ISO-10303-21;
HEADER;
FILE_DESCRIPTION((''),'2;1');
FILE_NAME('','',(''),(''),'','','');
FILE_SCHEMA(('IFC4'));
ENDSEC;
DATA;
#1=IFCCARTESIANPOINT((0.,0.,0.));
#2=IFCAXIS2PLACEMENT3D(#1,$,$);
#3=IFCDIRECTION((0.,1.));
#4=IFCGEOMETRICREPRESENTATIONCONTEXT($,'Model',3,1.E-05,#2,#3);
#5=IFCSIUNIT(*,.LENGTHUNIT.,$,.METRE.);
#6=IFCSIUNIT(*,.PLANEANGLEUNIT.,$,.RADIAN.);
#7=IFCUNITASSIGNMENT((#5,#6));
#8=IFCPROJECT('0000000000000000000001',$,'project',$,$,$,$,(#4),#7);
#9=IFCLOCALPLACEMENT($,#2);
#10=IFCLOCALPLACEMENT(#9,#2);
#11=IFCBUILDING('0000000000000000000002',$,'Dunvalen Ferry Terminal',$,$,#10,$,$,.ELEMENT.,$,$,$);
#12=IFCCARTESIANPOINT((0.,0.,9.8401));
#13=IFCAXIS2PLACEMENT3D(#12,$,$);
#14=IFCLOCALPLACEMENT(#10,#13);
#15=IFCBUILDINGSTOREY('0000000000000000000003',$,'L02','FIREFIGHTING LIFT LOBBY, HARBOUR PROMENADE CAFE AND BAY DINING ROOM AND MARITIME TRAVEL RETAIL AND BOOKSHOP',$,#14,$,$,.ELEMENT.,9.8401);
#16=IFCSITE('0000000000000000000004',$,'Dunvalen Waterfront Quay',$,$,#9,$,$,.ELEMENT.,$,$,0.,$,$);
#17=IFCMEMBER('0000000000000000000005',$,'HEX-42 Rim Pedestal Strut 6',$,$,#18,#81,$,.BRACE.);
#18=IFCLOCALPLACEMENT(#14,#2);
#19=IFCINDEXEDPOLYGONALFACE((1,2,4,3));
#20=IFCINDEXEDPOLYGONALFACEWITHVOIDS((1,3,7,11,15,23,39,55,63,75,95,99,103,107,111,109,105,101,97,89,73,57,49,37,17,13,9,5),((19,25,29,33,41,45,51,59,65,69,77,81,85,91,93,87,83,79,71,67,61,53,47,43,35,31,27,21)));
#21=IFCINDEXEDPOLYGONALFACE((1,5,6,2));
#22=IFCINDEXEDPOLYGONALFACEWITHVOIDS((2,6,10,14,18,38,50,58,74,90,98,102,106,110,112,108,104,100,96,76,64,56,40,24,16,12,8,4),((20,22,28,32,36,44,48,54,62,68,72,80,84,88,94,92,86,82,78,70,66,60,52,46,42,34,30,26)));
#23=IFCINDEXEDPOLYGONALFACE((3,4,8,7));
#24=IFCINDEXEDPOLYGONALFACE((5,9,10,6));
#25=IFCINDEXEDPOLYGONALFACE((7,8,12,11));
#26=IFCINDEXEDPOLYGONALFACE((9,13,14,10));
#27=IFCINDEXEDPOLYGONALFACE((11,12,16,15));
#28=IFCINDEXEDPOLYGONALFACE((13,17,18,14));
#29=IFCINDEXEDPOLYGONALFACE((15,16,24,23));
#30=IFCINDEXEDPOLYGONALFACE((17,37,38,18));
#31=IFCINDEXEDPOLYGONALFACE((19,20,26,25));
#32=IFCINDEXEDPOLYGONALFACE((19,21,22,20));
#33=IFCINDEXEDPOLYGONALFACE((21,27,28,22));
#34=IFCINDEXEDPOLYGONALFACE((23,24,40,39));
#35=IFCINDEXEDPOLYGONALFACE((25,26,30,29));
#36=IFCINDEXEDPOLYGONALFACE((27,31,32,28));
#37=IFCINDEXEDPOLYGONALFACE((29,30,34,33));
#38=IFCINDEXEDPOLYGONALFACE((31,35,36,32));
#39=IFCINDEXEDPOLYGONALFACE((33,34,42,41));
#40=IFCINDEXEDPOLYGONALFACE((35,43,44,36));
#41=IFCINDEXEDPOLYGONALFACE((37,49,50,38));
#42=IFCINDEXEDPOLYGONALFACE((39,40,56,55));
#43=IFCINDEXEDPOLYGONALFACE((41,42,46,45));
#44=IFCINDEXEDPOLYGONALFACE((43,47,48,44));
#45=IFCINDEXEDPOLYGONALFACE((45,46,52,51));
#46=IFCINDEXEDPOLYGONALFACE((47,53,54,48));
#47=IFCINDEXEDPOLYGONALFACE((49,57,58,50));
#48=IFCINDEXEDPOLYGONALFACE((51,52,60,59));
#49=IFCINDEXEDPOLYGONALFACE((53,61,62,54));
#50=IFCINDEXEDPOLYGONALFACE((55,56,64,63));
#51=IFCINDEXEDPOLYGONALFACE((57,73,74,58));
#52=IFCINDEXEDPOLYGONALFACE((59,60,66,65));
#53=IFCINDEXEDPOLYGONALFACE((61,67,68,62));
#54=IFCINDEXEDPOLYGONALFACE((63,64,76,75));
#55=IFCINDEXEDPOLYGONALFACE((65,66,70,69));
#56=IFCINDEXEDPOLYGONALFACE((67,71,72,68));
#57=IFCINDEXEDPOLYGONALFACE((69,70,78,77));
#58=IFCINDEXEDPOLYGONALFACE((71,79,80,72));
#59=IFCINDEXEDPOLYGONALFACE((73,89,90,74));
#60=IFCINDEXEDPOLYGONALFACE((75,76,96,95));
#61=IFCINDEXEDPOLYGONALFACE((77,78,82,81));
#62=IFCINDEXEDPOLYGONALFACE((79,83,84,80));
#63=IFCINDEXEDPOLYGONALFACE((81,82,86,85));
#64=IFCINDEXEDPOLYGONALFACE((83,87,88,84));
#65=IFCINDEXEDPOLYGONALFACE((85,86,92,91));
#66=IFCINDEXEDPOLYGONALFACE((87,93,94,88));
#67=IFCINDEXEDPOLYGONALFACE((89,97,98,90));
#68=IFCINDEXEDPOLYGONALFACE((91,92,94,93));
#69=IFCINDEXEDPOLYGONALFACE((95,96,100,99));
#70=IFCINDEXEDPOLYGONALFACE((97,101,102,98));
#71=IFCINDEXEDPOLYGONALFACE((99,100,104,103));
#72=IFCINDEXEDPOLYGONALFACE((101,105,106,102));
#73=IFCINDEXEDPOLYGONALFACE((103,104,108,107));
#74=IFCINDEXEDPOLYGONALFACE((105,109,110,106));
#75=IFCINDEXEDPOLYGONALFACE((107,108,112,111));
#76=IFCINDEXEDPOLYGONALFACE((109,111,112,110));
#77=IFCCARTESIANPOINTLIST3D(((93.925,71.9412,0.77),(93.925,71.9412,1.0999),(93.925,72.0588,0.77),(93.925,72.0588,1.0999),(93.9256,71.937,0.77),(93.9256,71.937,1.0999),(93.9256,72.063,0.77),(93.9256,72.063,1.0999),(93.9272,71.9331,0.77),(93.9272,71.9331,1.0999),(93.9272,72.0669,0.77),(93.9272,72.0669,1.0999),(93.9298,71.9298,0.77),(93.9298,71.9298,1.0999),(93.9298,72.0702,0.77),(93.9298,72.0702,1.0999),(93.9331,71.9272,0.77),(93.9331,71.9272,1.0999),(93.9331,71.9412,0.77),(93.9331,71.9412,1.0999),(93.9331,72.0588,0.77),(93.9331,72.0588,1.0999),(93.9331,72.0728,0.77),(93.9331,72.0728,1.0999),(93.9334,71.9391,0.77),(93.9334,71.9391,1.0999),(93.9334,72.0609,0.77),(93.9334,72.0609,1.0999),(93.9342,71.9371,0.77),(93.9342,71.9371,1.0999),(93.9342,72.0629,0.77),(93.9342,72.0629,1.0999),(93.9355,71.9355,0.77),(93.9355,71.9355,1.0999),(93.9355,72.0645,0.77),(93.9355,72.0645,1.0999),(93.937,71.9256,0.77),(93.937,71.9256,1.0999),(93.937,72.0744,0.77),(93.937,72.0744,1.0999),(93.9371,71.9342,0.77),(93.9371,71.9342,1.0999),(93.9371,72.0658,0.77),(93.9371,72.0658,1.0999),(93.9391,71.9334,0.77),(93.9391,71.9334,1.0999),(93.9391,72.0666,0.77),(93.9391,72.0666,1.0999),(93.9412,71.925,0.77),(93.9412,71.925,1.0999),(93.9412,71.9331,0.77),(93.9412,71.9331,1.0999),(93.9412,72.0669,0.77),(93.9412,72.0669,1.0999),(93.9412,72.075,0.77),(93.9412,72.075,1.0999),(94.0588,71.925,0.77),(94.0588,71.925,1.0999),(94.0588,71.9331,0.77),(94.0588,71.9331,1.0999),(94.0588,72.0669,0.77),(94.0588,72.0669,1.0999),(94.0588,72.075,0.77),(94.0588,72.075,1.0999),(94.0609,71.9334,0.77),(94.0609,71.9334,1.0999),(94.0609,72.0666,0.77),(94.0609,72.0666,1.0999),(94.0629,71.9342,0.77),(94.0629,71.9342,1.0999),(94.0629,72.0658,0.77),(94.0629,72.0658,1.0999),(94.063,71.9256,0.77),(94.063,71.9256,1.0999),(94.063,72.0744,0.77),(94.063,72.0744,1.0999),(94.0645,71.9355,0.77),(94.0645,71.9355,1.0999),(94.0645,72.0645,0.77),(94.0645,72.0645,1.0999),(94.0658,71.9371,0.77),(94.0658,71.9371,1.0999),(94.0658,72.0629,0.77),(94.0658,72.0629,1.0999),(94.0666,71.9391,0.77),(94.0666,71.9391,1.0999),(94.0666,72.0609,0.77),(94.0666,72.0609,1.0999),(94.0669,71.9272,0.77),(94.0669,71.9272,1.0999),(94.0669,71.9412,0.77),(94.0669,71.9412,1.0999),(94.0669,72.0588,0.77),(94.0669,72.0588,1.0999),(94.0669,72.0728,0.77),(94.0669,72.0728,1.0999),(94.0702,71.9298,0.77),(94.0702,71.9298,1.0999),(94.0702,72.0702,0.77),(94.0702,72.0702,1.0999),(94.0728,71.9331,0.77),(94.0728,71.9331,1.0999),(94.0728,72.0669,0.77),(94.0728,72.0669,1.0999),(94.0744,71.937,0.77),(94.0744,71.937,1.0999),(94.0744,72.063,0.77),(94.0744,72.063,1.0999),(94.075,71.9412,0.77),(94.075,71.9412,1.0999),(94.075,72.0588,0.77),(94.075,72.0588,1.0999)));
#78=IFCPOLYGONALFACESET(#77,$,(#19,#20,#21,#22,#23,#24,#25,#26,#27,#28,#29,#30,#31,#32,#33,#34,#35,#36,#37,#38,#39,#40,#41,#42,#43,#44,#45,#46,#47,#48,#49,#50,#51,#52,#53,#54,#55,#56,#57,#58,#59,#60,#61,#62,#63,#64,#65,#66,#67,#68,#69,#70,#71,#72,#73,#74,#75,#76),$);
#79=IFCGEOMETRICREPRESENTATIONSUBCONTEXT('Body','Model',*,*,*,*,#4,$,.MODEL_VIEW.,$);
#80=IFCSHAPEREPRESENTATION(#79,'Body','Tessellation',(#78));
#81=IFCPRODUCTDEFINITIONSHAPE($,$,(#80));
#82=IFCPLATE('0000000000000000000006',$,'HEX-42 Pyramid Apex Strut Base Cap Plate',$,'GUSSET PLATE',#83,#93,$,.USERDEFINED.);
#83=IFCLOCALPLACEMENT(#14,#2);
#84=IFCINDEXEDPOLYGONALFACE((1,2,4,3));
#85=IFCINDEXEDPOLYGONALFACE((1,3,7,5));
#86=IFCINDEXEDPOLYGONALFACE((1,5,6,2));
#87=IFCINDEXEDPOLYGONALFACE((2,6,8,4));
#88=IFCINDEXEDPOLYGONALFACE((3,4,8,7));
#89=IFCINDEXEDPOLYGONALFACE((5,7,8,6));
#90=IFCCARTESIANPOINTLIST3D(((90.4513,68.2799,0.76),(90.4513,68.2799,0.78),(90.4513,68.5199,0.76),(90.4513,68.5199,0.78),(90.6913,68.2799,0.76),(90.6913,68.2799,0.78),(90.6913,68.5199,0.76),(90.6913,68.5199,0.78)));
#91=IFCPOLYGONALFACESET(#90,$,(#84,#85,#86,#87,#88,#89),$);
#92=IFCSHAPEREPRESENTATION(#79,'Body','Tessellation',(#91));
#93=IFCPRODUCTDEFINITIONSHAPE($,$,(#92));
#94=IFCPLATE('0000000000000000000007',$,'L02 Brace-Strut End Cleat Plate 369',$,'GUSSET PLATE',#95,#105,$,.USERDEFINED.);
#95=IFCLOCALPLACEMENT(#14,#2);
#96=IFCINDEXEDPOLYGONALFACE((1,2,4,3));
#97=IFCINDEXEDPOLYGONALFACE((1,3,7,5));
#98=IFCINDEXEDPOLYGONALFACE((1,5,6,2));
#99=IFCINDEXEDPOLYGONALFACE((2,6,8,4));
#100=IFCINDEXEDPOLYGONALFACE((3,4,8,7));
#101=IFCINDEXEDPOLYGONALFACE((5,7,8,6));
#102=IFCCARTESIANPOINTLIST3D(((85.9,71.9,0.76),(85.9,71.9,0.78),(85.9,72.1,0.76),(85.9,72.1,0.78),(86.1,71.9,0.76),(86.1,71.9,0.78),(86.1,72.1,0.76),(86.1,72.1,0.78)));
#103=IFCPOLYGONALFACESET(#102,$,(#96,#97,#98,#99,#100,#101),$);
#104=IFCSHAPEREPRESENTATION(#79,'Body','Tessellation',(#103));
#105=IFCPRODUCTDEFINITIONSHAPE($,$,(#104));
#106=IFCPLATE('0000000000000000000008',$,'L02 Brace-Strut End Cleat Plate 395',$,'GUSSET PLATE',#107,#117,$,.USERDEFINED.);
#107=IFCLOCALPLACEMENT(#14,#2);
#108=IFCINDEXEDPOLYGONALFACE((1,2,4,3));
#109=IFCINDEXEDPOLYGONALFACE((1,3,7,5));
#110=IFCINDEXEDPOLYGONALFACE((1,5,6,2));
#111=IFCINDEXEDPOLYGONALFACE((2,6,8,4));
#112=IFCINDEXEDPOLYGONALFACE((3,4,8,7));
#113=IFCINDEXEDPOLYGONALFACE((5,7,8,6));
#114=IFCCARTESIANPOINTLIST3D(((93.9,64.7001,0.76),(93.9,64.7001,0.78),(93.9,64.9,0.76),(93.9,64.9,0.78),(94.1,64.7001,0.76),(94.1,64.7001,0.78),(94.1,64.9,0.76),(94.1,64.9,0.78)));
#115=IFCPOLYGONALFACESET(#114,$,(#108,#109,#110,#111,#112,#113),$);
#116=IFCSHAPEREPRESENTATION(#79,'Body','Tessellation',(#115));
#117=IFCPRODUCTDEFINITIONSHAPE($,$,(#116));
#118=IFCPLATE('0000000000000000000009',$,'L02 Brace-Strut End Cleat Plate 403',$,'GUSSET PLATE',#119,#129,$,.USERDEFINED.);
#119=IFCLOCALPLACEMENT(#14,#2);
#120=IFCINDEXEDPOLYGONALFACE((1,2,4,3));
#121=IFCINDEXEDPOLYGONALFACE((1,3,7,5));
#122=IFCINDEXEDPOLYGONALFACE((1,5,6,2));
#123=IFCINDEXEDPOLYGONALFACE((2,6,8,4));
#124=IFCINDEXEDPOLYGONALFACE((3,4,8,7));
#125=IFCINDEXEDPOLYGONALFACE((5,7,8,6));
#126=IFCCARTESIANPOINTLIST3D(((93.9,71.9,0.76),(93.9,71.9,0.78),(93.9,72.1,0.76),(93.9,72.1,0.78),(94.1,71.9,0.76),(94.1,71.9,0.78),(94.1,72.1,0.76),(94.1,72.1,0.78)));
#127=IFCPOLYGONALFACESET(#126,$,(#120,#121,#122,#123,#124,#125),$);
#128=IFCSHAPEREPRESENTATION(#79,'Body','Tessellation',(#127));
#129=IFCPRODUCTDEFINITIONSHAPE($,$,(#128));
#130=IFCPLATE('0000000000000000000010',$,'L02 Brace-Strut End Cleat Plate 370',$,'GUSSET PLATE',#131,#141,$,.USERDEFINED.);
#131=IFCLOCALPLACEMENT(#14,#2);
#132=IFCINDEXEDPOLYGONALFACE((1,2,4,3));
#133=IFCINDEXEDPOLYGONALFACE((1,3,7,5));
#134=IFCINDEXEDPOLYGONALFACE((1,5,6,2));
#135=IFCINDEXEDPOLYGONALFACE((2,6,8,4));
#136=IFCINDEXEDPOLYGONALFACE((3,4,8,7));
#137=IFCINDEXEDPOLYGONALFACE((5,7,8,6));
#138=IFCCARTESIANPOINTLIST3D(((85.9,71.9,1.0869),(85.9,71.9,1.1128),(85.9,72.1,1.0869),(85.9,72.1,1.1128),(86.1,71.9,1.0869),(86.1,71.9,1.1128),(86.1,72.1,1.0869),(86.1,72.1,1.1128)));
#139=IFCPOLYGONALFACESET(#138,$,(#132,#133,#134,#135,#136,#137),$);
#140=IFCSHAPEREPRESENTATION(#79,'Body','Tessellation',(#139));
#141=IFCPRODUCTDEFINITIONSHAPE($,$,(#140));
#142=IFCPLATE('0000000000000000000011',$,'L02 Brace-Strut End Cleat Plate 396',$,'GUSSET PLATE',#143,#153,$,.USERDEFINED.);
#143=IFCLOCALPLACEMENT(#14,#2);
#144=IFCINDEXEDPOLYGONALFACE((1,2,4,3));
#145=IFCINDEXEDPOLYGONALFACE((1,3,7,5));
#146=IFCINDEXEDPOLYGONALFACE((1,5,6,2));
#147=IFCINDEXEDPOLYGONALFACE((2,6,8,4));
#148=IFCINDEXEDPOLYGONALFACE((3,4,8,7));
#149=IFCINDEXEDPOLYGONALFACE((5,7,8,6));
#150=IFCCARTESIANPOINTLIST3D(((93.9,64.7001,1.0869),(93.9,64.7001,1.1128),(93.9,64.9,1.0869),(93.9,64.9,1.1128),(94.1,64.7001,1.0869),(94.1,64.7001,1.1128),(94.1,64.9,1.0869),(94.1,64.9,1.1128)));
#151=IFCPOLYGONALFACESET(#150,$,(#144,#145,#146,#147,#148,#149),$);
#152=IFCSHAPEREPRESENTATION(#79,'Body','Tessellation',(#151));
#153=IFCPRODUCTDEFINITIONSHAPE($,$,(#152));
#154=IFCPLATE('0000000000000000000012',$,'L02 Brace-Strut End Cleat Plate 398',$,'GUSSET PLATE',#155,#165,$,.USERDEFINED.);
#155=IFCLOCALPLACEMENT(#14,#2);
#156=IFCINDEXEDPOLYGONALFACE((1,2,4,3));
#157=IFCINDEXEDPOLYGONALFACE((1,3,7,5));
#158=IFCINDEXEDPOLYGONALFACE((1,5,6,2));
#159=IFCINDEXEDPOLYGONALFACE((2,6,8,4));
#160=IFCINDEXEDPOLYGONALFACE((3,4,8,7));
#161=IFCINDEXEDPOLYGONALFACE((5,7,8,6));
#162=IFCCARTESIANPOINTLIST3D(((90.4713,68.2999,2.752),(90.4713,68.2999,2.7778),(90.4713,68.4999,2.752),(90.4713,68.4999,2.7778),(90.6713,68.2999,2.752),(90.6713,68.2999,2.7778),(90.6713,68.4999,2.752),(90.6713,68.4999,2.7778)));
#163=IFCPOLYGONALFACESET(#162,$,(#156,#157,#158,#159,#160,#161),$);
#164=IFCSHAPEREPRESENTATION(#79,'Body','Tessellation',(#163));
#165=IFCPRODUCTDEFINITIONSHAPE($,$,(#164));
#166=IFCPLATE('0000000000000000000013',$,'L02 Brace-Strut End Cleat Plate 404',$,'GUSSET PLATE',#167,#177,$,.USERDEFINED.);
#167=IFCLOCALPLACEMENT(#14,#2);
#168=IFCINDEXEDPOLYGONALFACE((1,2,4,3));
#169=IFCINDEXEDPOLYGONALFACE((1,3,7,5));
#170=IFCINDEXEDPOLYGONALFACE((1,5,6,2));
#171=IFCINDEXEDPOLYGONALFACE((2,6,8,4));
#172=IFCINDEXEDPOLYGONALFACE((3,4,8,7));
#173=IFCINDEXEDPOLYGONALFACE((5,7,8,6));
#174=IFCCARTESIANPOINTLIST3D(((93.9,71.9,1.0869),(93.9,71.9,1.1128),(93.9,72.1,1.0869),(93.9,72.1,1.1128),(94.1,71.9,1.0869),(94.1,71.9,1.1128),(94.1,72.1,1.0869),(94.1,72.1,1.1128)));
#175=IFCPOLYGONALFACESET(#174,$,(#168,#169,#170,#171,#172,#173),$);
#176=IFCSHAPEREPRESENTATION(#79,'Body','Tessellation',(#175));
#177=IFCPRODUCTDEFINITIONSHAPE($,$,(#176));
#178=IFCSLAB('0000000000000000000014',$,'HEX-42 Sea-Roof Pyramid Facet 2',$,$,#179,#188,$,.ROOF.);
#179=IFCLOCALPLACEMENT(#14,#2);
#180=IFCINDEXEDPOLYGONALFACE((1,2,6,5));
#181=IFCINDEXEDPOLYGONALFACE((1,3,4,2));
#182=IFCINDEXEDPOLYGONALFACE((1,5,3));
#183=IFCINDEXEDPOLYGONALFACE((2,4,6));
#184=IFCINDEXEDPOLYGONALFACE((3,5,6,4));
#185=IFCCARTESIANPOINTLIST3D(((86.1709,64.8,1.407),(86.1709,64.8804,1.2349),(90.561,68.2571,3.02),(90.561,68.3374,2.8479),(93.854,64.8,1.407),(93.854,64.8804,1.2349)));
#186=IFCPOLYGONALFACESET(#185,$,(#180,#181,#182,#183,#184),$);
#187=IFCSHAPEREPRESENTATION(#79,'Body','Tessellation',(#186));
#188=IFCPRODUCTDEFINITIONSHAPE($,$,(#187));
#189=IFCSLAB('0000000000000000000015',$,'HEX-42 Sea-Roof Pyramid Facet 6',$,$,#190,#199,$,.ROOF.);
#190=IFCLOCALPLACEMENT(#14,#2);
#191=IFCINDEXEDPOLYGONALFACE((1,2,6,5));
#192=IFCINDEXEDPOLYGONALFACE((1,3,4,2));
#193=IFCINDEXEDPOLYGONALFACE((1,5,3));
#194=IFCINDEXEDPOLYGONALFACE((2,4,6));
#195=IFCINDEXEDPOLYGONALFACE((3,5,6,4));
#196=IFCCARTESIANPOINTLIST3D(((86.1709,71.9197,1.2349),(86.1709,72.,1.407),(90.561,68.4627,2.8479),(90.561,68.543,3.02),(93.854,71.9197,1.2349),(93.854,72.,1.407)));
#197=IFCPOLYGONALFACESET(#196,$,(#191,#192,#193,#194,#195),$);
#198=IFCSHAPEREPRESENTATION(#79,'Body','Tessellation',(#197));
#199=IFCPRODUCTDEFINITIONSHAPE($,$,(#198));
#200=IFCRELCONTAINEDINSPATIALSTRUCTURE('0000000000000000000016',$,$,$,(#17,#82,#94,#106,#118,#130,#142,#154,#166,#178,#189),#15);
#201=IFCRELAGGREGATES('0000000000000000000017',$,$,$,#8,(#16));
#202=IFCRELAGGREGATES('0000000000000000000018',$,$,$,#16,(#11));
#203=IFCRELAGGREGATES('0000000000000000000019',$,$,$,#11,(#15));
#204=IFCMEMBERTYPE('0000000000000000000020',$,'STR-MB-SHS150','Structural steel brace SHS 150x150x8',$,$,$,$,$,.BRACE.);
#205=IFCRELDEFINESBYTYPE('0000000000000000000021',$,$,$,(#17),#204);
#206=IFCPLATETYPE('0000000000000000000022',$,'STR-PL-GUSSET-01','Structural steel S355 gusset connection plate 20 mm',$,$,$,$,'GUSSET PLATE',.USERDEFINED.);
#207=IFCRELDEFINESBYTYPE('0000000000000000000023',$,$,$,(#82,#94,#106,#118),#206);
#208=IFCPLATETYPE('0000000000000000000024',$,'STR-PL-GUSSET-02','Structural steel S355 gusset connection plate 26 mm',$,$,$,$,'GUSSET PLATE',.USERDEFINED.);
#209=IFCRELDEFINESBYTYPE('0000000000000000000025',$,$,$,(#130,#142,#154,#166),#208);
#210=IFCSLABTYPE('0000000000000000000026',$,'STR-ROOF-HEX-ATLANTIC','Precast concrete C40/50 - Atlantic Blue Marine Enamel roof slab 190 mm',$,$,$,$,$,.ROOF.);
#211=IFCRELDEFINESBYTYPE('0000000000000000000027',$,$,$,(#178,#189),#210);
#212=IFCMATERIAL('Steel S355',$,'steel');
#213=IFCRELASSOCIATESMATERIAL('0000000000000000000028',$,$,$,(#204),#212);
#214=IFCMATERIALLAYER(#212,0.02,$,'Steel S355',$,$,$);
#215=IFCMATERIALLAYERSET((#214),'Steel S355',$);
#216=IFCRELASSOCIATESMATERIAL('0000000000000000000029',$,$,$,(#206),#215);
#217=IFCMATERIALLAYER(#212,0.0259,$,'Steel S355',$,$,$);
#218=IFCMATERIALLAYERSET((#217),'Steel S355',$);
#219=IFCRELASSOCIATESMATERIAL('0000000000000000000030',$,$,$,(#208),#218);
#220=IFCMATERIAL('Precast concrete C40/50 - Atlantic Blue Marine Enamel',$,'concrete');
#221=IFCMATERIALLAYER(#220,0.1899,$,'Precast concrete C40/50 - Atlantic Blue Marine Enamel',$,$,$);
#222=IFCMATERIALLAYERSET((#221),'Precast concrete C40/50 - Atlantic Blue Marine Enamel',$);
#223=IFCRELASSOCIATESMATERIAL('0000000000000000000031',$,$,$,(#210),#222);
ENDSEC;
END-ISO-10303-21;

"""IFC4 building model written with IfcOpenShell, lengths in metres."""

from ifc_helpers import new_model, si_unit, direction, frame, origin, origin_2d, place, context, subcontext, project, spatial, polyline, rectangle, hollow_rectangle, outline, extrude, material, layer, layer_set, material_profile, profile_set, type_object, element, save


model = new_model("IFC4")

# Units and contexts
model_context = context("Model", 3, precision=1e-05, world=origin(), true_north=direction((0.0, 1.0)))
body_context = subcontext(model_context, "Body", "Model", "MODEL_VIEW")
ifc_project = project(units=[si_unit("LENGTHUNIT", "METRE"), si_unit("PLANEANGLEUNIT", "RADIAN")], contexts=[model_context])

# Site, building, storey
site_placement = place(None, origin())
site = spatial("IfcSite", under=ifc_project, at=site_placement, Name="Dunvalen Waterfront Quay", CompositionType="ELEMENT", RefElevation=0.0)
building_placement = place(site_placement, origin())
building = spatial("IfcBuilding", under=site, at=building_placement, Name="Dunvalen Ferry Terminal", CompositionType="ELEMENT")
storey_placement = place(building_placement, frame((0.0, 0.0, 9.8401)))
storey = spatial("IfcBuildingStorey", under=building, at=storey_placement, Name="L02", Description="FIREFIGHTING LIFT LOBBY, HARBOUR PROMENADE CAFE AND BAY DINING ROOM AND MARITIME TRAVEL RETAIL AND BOOKSHOP", CompositionType="ELEMENT", Elevation=9.8401)

# Shared definitions
ifc_material_1 = material(Name="Steel S355", Category="steel")

# Member
ifc_material_profile_1 = material_profile(ifc_material_1, hollow_rectangle(XDim=0.1499, YDim=0.1499, WallThickness=0.0081, InnerFilletRadius=0.0081, OuterFilletRadius=0.0161, at=origin_2d()), Name="Steel S355")
ifc_profile_set_1 = profile_set([ifc_material_profile_1], Name="Steel S355")
member_type_1 = type_object("IfcMemberType", Name="STR-MB-SHS150", Description="Structural steel brace SHS 150x150x8", PredefinedType="BRACE", material=ifc_profile_set_1)
for number, where, z_axis, x_axis, name in (
    (1, (94.0, 72.0, 0.77), (0.0, 0.0, 1.0), (1.0, 0.0, 0.0), "HEX-42 Rim Pedestal Strut 6"),
):
    element("IfcMember", number, at=place(storey_placement, frame(where, z_axis=z_axis, x_axis=x_axis)), inside=storey, type_object=member_type_1, Name=name, PredefinedType="BRACE", context=body_context, shape_type="SweptSolid", body=[
        extrude(hollow_rectangle(XDim=0.1499, YDim=0.1499, WallThickness=0.0081, InnerFilletRadius=0.0081, OuterFilletRadius=0.0161, at=origin_2d()), origin(), (0.0, 0.0, 1.0), 0.3298),
    ])

# Plates
ifc_layer_1 = layer(ifc_material_1, 0.02, Name="Steel S355")
ifc_layer_set_1 = layer_set([ifc_layer_1], Name="Steel S355")
plate_type_1 = type_object("IfcPlateType", Name="STR-PL-GUSSET-01", Description="Structural steel S355 gusset connection plate 20 mm", ElementType="GUSSET PLATE", PredefinedType="USERDEFINED", material=ifc_layer_set_1)
plate_placement = place(storey_placement, frame((90.5713, 68.3999, 0.76), z_axis=(0.0, 0.0, 1.0), x_axis=(1.0, 0.0, 0.0)))
element("IfcPlate", 2, at=plate_placement, inside=storey, type_object=plate_type_1, Name="HEX-42 Pyramid Apex Strut Base Cap Plate", ObjectType="GUSSET PLATE", PredefinedType="USERDEFINED", context=body_context, shape_type="SweptSolid", body=[
    extrude(rectangle(XDim=0.24, YDim=0.24, at=origin_2d()), origin(), (0.0, 0.0, 1.0), 0.02),
])
for number, where, z_axis, x_axis, name in (
    (3, (86.0, 72.0, 0.76), (0.0, 0.0, 1.0), (1.0, 0.0, 0.0), "L02 Brace-Strut End Cleat Plate 369"),
    (4, (94.0, 64.8, 0.76), (0.0, 0.0, 1.0), (1.0, 0.0, 0.0), "L02 Brace-Strut End Cleat Plate 395"),
    (5, (94.0, 72.0, 0.76), (0.0, 0.0, 1.0), (1.0, 0.0, 0.0), "L02 Brace-Strut End Cleat Plate 403"),
):
    element("IfcPlate", number, at=place(storey_placement, frame(where, z_axis=z_axis, x_axis=x_axis)), inside=storey, type_object=plate_type_1, Name=name, ObjectType="GUSSET PLATE", PredefinedType="USERDEFINED", context=body_context, shape_type="SweptSolid", body=[
        extrude(rectangle(XDim=0.2, YDim=0.2, at=origin_2d()), origin(), (0.0, 0.0, 1.0), 0.02),
    ])
ifc_layer_2 = layer(ifc_material_1, 0.0259, Name="Steel S355")
ifc_layer_set_2 = layer_set([ifc_layer_2], Name="Steel S355")
plate_type_2 = type_object("IfcPlateType", Name="STR-PL-GUSSET-02", Description="Structural steel S355 gusset connection plate 26 mm", ElementType="GUSSET PLATE", PredefinedType="USERDEFINED", material=ifc_layer_set_2)
for number, where, z_axis, x_axis, name in (
    (6, (86.0, 72.0, 1.0869), (0.0, 0.0, 1.0), (1.0, 0.0, 0.0), "L02 Brace-Strut End Cleat Plate 370"),
    (7, (94.0, 64.8, 1.0869), (0.0, 0.0, 1.0), (1.0, 0.0, 0.0), "L02 Brace-Strut End Cleat Plate 396"),
    (8, (90.5713, 68.3999, 2.752), (0.0, 0.0, 1.0), (1.0, 0.0, 0.0), "L02 Brace-Strut End Cleat Plate 398"),
    (9, (94.0, 72.0, 1.0869), (0.0, 0.0, 1.0), (1.0, 0.0, 0.0), "L02 Brace-Strut End Cleat Plate 404"),
):
    element("IfcPlate", number, at=place(storey_placement, frame(where, z_axis=z_axis, x_axis=x_axis)), inside=storey, type_object=plate_type_2, Name=name, ObjectType="GUSSET PLATE", PredefinedType="USERDEFINED", context=body_context, shape_type="SweptSolid", body=[
        extrude(rectangle(XDim=0.2, YDim=0.2, at=origin_2d()), origin(), (0.0, 0.0, 1.0), 0.0259),
    ])

# Slabs
ifc_material_2 = material(Name="Precast concrete C40/50 - Atlantic Blue Marine Enamel", Category="concrete")
ifc_layer_3 = layer(ifc_material_2, 0.1899, Name="Precast concrete C40/50 - Atlantic Blue Marine Enamel")
ifc_layer_set_3 = layer_set([ifc_layer_3], Name="Precast concrete C40/50 - Atlantic Blue Marine Enamel")
slab_type_1 = type_object("IfcSlabType", Name="STR-ROOF-HEX-ATLANTIC", Description="Precast concrete C40/50 - Atlantic Blue Marine Enamel roof slab 190 mm", PredefinedType="ROOF", material=ifc_layer_set_3)
slab_1_placement = place(storey_placement, frame((86.1709, 64.8, 1.407), z_axis=(0.0, -0.422833, 0.906208), x_axis=(1.0, 0.0, 0.0)))
element("IfcSlab", 10, at=slab_1_placement, inside=storey, type_object=slab_type_1, Name="HEX-42 Sea-Roof Pyramid Facet 2", PredefinedType="ROOF", context=body_context, shape_type="SweptSolid", body=[
    extrude(outline(polyline([(0.0, 0.0), (7.6831, 0.0), (4.3901, 3.8148), (0.0, 0.0)])), origin(), (0.0, 0.0, -1.0), 0.1899),
])
slab_2_placement = place(storey_placement, frame((93.854, 72.0, 1.407), z_axis=(0.0, 0.422833, 0.906208), x_axis=(-1.0, 0.0, 0.0)))
element("IfcSlab", 11, at=slab_2_placement, inside=storey, type_object=slab_type_1, Name="HEX-42 Sea-Roof Pyramid Facet 6", PredefinedType="ROOF", context=body_context, shape_type="SweptSolid", body=[
    extrude(outline(polyline([(0.0, 0.0), (7.6831, 0.0), (3.293, 3.8148), (0.0, 0.0)])), origin(), (0.0, 0.0, -1.0), 0.1899),
])

save(model, "model.ifc")
